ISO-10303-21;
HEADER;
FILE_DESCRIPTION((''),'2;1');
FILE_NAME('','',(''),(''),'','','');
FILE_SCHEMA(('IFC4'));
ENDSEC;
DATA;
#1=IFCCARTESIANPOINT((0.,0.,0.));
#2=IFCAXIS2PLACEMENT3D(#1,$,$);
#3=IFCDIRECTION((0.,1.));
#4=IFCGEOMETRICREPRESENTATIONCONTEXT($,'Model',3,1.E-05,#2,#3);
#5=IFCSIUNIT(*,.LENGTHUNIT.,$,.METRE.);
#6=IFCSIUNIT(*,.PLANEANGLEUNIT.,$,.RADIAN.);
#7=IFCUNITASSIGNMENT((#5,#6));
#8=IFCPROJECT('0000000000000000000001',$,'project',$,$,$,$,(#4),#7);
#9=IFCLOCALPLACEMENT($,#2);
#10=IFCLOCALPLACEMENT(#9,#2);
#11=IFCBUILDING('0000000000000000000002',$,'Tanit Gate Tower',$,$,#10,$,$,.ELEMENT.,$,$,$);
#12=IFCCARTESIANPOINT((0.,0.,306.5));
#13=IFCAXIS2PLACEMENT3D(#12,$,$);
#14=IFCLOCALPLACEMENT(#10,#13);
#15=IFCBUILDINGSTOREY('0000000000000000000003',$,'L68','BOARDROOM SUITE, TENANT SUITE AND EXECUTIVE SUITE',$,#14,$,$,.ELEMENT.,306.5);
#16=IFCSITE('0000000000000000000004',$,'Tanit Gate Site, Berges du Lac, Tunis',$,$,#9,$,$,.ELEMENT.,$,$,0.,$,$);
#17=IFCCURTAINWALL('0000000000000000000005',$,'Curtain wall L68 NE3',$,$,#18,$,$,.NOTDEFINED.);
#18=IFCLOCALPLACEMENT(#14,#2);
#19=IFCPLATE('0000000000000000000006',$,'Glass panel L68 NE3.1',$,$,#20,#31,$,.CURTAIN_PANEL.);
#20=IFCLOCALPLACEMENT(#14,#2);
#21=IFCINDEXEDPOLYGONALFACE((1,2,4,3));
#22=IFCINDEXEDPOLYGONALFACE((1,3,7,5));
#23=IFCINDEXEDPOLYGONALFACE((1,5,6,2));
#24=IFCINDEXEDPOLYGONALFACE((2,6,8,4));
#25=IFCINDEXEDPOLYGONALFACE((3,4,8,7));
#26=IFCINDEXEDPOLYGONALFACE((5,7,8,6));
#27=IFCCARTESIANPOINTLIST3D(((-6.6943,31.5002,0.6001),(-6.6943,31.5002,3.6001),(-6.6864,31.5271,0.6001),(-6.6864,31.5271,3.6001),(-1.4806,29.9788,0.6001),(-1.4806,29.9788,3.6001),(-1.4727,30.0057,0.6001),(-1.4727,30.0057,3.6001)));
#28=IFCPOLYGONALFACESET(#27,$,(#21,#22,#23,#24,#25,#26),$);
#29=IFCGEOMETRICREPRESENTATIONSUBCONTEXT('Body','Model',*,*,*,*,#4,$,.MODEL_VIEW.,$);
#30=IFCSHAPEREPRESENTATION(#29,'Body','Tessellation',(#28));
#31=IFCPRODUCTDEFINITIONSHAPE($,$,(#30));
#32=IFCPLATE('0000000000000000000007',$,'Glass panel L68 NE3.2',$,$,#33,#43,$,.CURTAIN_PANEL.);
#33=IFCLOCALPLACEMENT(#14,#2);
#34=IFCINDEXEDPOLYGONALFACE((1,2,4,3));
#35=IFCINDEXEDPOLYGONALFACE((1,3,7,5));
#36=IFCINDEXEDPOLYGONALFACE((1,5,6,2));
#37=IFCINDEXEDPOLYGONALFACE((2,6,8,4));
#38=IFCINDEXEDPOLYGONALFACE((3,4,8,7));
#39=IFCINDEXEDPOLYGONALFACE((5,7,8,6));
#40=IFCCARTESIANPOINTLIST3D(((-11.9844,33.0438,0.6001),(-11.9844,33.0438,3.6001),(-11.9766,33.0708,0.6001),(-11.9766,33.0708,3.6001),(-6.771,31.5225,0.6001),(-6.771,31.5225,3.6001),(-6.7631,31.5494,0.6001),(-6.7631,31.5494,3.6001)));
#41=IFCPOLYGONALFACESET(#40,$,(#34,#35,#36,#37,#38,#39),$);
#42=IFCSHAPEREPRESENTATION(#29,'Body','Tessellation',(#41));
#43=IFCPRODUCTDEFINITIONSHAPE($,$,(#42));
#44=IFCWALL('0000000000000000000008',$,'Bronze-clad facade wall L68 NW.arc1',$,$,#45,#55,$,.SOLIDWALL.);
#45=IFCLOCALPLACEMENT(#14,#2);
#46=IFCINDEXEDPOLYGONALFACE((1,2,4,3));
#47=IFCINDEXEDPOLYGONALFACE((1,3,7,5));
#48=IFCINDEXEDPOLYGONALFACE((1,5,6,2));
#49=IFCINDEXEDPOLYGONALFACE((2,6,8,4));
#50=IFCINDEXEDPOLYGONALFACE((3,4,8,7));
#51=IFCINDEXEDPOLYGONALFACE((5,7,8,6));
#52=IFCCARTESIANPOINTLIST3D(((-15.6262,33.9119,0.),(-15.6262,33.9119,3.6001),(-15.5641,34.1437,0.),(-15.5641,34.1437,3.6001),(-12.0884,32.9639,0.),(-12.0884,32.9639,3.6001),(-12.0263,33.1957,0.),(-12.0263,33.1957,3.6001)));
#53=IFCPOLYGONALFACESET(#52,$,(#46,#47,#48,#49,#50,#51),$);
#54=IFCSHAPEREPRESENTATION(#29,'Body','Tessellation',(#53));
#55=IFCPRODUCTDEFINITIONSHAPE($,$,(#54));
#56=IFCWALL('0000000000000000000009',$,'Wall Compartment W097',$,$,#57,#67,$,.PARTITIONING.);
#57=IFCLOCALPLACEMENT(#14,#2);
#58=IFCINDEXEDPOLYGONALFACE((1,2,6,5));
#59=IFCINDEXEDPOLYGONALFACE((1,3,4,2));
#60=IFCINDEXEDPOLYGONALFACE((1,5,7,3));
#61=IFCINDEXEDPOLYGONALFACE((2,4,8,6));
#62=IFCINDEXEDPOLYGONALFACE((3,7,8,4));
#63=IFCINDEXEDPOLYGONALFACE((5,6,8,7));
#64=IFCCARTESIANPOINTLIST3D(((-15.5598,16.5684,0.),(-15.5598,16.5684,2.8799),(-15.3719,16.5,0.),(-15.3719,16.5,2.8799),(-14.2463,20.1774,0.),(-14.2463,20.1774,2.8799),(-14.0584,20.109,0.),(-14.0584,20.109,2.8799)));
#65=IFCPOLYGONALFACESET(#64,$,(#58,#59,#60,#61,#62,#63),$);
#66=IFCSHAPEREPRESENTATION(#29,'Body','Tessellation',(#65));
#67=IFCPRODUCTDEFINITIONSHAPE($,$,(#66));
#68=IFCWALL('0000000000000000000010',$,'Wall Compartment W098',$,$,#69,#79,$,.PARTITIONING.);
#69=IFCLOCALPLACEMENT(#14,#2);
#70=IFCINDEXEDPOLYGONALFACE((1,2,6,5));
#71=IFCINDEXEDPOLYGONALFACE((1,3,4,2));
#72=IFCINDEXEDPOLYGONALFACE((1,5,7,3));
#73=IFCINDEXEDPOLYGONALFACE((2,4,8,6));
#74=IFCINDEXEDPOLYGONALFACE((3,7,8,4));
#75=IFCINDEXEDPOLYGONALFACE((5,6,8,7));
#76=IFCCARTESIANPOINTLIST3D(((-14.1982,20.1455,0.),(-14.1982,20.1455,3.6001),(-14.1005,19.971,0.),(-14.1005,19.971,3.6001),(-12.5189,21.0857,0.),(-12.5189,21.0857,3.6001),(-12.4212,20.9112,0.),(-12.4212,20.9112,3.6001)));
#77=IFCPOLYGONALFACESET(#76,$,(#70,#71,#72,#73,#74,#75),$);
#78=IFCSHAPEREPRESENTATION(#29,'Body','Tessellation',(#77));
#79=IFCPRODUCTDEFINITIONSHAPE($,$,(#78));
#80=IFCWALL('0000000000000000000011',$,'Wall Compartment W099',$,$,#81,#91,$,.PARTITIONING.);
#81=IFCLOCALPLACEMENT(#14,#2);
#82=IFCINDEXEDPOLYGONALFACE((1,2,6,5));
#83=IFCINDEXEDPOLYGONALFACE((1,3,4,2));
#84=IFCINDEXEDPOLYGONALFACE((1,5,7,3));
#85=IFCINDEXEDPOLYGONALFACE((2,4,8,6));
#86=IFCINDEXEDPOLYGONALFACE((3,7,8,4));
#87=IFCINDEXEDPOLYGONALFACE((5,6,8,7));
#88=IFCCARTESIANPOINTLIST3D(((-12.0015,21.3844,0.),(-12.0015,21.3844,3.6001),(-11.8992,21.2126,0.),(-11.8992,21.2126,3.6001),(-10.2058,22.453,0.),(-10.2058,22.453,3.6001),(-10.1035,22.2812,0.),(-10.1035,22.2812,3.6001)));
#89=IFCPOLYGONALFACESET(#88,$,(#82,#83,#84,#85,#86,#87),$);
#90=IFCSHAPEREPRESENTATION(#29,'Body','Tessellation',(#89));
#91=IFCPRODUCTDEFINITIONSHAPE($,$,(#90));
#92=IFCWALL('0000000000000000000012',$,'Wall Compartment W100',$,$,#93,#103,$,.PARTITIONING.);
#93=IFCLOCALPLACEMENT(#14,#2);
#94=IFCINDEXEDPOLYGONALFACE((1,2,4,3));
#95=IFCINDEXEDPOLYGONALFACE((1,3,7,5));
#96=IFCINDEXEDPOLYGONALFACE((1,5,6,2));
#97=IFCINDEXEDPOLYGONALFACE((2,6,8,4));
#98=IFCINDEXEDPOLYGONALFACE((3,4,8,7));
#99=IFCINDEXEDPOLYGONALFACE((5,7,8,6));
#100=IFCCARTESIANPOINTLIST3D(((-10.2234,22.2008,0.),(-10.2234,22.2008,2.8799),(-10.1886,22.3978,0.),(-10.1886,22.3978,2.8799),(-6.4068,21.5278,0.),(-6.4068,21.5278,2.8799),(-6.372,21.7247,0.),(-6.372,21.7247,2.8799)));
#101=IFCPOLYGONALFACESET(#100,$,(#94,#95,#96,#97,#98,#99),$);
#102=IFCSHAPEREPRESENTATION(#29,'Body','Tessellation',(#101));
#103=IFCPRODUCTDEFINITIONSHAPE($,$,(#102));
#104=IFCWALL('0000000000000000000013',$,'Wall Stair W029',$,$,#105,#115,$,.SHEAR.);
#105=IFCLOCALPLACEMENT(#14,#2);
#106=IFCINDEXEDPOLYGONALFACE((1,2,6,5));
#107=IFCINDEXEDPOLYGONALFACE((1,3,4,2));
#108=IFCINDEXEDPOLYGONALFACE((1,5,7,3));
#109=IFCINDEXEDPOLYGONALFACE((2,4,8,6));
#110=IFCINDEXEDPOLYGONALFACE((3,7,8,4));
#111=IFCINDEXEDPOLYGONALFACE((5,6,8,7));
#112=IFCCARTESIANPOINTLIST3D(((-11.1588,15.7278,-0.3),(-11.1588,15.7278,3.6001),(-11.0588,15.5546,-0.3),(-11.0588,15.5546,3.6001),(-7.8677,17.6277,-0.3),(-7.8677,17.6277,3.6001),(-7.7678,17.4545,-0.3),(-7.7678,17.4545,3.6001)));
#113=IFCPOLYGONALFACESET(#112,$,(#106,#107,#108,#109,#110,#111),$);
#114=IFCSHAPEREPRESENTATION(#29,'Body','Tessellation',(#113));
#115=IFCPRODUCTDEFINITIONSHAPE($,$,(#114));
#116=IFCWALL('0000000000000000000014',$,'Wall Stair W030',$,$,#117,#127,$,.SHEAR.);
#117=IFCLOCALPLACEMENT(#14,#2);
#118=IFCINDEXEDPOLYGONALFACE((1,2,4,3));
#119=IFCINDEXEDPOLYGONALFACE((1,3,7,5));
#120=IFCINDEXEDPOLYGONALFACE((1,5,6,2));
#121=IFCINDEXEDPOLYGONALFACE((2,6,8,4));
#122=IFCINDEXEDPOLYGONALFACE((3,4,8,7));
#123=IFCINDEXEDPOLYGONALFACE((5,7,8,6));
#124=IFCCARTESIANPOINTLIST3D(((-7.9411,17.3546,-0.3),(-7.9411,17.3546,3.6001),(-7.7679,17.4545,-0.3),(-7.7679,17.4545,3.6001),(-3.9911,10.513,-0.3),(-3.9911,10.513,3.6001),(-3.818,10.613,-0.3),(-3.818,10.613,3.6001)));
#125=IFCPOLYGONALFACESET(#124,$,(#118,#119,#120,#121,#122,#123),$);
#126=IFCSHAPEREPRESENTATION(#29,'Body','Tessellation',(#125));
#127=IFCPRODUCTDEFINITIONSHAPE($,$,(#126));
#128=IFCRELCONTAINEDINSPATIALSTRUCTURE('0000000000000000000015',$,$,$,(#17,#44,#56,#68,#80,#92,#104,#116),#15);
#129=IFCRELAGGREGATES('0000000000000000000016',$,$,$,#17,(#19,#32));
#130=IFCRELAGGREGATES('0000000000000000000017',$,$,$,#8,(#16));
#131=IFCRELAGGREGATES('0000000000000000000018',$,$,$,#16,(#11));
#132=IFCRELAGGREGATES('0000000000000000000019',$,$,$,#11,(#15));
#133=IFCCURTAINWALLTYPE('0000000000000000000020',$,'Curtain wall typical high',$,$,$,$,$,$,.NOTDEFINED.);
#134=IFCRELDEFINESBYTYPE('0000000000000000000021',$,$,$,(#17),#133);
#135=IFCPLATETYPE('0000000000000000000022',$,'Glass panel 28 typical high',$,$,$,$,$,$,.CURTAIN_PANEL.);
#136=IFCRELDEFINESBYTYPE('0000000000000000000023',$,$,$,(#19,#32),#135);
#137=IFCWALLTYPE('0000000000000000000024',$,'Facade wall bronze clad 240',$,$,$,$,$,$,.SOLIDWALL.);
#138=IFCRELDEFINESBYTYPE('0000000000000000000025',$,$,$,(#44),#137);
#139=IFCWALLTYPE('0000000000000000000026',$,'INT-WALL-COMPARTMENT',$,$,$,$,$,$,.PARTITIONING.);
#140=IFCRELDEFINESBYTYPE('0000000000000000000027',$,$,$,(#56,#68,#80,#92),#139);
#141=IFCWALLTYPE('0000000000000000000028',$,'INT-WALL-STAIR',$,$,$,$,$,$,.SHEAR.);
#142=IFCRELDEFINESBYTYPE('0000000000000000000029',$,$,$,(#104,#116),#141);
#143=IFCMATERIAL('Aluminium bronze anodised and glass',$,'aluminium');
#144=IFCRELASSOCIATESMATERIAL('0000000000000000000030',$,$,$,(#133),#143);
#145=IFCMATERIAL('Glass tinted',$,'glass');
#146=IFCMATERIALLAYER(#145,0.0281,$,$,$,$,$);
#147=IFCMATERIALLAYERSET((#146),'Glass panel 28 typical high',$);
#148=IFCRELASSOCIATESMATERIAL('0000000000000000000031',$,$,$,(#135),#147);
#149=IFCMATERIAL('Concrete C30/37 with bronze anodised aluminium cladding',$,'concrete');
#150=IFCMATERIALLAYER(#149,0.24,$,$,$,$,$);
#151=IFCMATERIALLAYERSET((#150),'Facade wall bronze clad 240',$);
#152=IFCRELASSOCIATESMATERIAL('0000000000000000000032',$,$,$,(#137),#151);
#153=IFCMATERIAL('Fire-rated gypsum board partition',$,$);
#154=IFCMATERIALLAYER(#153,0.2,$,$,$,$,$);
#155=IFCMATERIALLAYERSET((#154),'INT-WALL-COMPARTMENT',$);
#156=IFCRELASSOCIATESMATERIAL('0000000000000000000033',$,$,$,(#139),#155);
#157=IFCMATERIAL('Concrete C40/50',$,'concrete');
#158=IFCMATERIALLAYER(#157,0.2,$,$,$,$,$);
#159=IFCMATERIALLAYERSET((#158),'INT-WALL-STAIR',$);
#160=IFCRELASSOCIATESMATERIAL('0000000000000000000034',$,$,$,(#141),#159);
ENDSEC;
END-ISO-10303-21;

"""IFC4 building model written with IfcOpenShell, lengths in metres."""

from ifc_helpers import new_model, si_unit, direction, frame, frame_2d, origin, origin_2d, place, context, subcontext, project, spatial, rectangle, extrude, material, layer, layer_set, type_object, element, aggregate, save


model = new_model("IFC4")

# Units and contexts
model_context = context("Model", 3, precision=1e-05, world=origin(), true_north=direction((0.0, 1.0)))
body_context = subcontext(model_context, "Body", "Model", "MODEL_VIEW")
ifc_project = project(units=[si_unit("LENGTHUNIT", "METRE"), si_unit("PLANEANGLEUNIT", "RADIAN")], contexts=[model_context])

# Site, building, storey
site_placement = place(None, origin())
site = spatial("IfcSite", under=ifc_project, at=site_placement, Name="Tanit Gate Site, Berges du Lac, Tunis", CompositionType="ELEMENT", RefElevation=0.0)
building_placement = place(site_placement, origin())
building = spatial("IfcBuilding", under=site, at=building_placement, Name="Tanit Gate Tower", CompositionType="ELEMENT")
storey_placement = place(building_placement, frame((0.0, 0.0, 306.5)))
storey = spatial("IfcBuildingStorey", under=building, at=storey_placement, Name="L68", Description="BOARDROOM SUITE, TENANT SUITE AND EXECUTIVE SUITE", CompositionType="ELEMENT", Elevation=306.5)

# Curtain wall
ifc_material_1 = material(Name="Aluminium bronze anodised and glass", Category="aluminium")
curtain_wall_type = type_object("IfcCurtainWallType", Name="Curtain wall typical high", PredefinedType="NOTDEFINED", material=ifc_material_1)
curtain_wall_placement = place(storey_placement, origin())
curtain_wall = element("IfcCurtainWall", 1, at=curtain_wall_placement, inside=storey, type_object=curtain_wall_type, Name="Curtain wall L68 NE3", PredefinedType="NOTDEFINED")

# Plates
ifc_material_2 = material(Name="Glass tinted", Category="glass")
ifc_layer_1 = layer(ifc_material_2, 0.0281)
ifc_layer_set_1 = layer_set([ifc_layer_1], Name="Glass panel 28 typical high")
plate_type = type_object("IfcPlateType", Name="Glass panel 28 typical high", PredefinedType="CURTAIN_PANEL", material=ifc_layer_set_1)
plate_1_placement = place(storey_placement, frame((-4.0835, 30.7529, 0.6001), z_axis=(0.0, 0.0, 1.0), x_axis=(-0.959964, 0.280124, 0.0)))
plate_1 = element("IfcPlate", 2, at=plate_1_placement, type_object=plate_type, Name="Glass panel L68 NE3.1", PredefinedType="CURTAIN_PANEL", context=body_context, shape_type="SweptSolid", body=[
    extrude(rectangle(XDim=5.4312, YDim=0.0281, at=origin_2d()), origin(), (0.0, 0.0, 1.0), 3.0),
])
plate_2_placement = place(storey_placement, frame((-9.3738, 32.2966, 0.6001), z_axis=(0.0, 0.0, 1.0), x_axis=(-0.959964, 0.280124, 0.0)))
plate_2 = element("IfcPlate", 3, at=plate_2_placement, type_object=plate_type, Name="Glass panel L68 NE3.2", PredefinedType="CURTAIN_PANEL", context=body_context, shape_type="SweptSolid", body=[
    extrude(rectangle(XDim=5.4309, YDim=0.0281, at=origin_2d()), origin(), (0.0, 0.0, 1.0), 3.0),
])
aggregate(curtain_wall, [plate_1, plate_2])

# Walls
ifc_material_3 = material(Name="Concrete C30/37 with bronze anodised aluminium cladding", Category="concrete")
ifc_layer_2 = layer(ifc_material_3, 0.24)
ifc_layer_set_2 = layer_set([ifc_layer_2], Name="Facade wall bronze clad 240")
wall_type_1 = type_object("IfcWallType", Name="Facade wall bronze clad 240", PredefinedType="SOLIDWALL", material=ifc_layer_set_2)
wall_1_placement = place(storey_placement, frame((-12.0574, 33.0798, 0.0), z_axis=(0.0, 0.0, 1.0), x_axis=(-0.965923, 0.258828, 0.0)))
element("IfcWall", 4, at=wall_1_placement, inside=storey, type_object=wall_type_1, Name="Bronze-clad facade wall L68 NW.arc1", PredefinedType="SOLIDWALL", context=body_context, shape_type="SweptSolid", body=[
    extrude(rectangle(XDim=3.6626, YDim=0.24, at=frame_2d((1.8313, 0.0))), origin(), (0.0, 0.0, 1.0), 3.6001),
])
ifc_material_4 = material(Name="Fire-rated gypsum board partition")
ifc_layer_3 = layer(ifc_material_4, 0.2)
ifc_layer_set_3 = layer_set([ifc_layer_3], Name="INT-WALL-COMPARTMENT")
wall_type_2 = type_object("IfcWallType", Name="INT-WALL-COMPARTMENT", PredefinedType="PARTITIONING", material=ifc_layer_set_3)
wall_2_placement = place(storey_placement, frame((-14.1523, 20.1433, 0.0), z_axis=(0.0, 0.0, 1.0), x_axis=(-0.342008, -0.939697, 0.0)))
element("IfcWall", 5, at=wall_2_placement, inside=storey, type_object=wall_type_2, Name="Wall Compartment W097", PredefinedType="PARTITIONING", context=body_context, shape_type="SweptSolid", body=[
    extrude(rectangle(XDim=3.8406, YDim=0.2, at=frame_2d((1.9204, 0.0))), origin(), (0.0, 0.0, 1.0), 2.8799),
])
wall_3_placement = place(storey_placement, frame((-12.47, 20.9985, 0.0), z_axis=(0.0, 0.0, 1.0), x_axis=(-0.872543, -0.488538, 0.0)))
element("IfcWall", 6, at=wall_3_placement, inside=storey, type_object=wall_type_2, Name="Wall Compartment W098", PredefinedType="PARTITIONING", context=body_context, shape_type="SweptSolid", body=[
    extrude(rectangle(XDim=1.9246, YDim=0.2, at=frame_2d((0.9624, 0.0))), origin(), (0.0, 0.0, 1.0), 3.6001),
])
wall_4_placement = place(storey_placement, frame((-10.1545, 22.3672, 0.0), z_axis=(0.0, 0.0, 1.0), x_axis=(-0.859343, -0.5114, 0.0)))
element("IfcWall", 7, at=wall_4_placement, inside=storey, type_object=wall_type_2, Name="Wall Compartment W099", PredefinedType="PARTITIONING", context=body_context, shape_type="SweptSolid", body=[
    extrude(rectangle(XDim=2.0896, YDim=0.2, at=frame_2d((1.0449, 0.0))), origin(), (0.0, 0.0, 1.0), 3.6001),
])
wall_5_placement = place(storey_placement, frame((-6.3894, 21.6262, 0.0), z_axis=(0.0, 0.0, 1.0), x_axis=(-0.984803, 0.173678, 0.0)))
element("IfcWall", 8, at=wall_5_placement, inside=storey, type_object=wall_type_2, Name="Wall Compartment W100", PredefinedType="PARTITIONING", context=body_context, shape_type="SweptSolid", body=[
    extrude(rectangle(XDim=3.8755, YDim=0.2, at=frame_2d((1.9377, 0.0))), origin(), (0.0, 0.0, 1.0), 2.8799),
])
ifc_material_5 = material(Name="Concrete C40/50", Category="concrete")
ifc_layer_4 = layer(ifc_material_5, 0.2)
ifc_layer_set_4 = layer_set([ifc_layer_4], Name="INT-WALL-STAIR")
wall_type_3 = type_object("IfcWallType", Name="INT-WALL-STAIR", PredefinedType="SHEAR", material=ifc_layer_set_4)
wall_6_placement = place(storey_placement, frame((-7.8179, 17.541, -0.3), z_axis=(0.0, 0.0, 1.0), x_axis=(-0.866044, -0.499967, 0.0)))
element("IfcWall", 9, at=wall_6_placement, inside=storey, type_object=wall_type_3, Name="Wall Stair W029", PredefinedType="SHEAR", context=body_context, shape_type="SweptSolid", body=[
    extrude(rectangle(XDim=3.8, YDim=0.2, at=frame_2d((1.8999, 0.0))), origin(), (0.0, 0.0, 1.0), 3.9001),
])
wall_7_placement = place(storey_placement, frame((-7.8545, 17.4045, -0.3), z_axis=(0.0, 0.0, 1.0), x_axis=(0.499998, -0.866027, 0.0)))
element("IfcWall", 10, at=wall_7_placement, inside=storey, type_object=wall_type_3, Name="Wall Stair W030", PredefinedType="SHEAR", context=body_context, shape_type="SweptSolid", body=[
    extrude(rectangle(XDim=7.8999, YDim=0.2, at=frame_2d((3.95, 0.0))), origin(), (0.0, 0.0, 1.0), 3.9001),
])

save(model, "model.ifc")
